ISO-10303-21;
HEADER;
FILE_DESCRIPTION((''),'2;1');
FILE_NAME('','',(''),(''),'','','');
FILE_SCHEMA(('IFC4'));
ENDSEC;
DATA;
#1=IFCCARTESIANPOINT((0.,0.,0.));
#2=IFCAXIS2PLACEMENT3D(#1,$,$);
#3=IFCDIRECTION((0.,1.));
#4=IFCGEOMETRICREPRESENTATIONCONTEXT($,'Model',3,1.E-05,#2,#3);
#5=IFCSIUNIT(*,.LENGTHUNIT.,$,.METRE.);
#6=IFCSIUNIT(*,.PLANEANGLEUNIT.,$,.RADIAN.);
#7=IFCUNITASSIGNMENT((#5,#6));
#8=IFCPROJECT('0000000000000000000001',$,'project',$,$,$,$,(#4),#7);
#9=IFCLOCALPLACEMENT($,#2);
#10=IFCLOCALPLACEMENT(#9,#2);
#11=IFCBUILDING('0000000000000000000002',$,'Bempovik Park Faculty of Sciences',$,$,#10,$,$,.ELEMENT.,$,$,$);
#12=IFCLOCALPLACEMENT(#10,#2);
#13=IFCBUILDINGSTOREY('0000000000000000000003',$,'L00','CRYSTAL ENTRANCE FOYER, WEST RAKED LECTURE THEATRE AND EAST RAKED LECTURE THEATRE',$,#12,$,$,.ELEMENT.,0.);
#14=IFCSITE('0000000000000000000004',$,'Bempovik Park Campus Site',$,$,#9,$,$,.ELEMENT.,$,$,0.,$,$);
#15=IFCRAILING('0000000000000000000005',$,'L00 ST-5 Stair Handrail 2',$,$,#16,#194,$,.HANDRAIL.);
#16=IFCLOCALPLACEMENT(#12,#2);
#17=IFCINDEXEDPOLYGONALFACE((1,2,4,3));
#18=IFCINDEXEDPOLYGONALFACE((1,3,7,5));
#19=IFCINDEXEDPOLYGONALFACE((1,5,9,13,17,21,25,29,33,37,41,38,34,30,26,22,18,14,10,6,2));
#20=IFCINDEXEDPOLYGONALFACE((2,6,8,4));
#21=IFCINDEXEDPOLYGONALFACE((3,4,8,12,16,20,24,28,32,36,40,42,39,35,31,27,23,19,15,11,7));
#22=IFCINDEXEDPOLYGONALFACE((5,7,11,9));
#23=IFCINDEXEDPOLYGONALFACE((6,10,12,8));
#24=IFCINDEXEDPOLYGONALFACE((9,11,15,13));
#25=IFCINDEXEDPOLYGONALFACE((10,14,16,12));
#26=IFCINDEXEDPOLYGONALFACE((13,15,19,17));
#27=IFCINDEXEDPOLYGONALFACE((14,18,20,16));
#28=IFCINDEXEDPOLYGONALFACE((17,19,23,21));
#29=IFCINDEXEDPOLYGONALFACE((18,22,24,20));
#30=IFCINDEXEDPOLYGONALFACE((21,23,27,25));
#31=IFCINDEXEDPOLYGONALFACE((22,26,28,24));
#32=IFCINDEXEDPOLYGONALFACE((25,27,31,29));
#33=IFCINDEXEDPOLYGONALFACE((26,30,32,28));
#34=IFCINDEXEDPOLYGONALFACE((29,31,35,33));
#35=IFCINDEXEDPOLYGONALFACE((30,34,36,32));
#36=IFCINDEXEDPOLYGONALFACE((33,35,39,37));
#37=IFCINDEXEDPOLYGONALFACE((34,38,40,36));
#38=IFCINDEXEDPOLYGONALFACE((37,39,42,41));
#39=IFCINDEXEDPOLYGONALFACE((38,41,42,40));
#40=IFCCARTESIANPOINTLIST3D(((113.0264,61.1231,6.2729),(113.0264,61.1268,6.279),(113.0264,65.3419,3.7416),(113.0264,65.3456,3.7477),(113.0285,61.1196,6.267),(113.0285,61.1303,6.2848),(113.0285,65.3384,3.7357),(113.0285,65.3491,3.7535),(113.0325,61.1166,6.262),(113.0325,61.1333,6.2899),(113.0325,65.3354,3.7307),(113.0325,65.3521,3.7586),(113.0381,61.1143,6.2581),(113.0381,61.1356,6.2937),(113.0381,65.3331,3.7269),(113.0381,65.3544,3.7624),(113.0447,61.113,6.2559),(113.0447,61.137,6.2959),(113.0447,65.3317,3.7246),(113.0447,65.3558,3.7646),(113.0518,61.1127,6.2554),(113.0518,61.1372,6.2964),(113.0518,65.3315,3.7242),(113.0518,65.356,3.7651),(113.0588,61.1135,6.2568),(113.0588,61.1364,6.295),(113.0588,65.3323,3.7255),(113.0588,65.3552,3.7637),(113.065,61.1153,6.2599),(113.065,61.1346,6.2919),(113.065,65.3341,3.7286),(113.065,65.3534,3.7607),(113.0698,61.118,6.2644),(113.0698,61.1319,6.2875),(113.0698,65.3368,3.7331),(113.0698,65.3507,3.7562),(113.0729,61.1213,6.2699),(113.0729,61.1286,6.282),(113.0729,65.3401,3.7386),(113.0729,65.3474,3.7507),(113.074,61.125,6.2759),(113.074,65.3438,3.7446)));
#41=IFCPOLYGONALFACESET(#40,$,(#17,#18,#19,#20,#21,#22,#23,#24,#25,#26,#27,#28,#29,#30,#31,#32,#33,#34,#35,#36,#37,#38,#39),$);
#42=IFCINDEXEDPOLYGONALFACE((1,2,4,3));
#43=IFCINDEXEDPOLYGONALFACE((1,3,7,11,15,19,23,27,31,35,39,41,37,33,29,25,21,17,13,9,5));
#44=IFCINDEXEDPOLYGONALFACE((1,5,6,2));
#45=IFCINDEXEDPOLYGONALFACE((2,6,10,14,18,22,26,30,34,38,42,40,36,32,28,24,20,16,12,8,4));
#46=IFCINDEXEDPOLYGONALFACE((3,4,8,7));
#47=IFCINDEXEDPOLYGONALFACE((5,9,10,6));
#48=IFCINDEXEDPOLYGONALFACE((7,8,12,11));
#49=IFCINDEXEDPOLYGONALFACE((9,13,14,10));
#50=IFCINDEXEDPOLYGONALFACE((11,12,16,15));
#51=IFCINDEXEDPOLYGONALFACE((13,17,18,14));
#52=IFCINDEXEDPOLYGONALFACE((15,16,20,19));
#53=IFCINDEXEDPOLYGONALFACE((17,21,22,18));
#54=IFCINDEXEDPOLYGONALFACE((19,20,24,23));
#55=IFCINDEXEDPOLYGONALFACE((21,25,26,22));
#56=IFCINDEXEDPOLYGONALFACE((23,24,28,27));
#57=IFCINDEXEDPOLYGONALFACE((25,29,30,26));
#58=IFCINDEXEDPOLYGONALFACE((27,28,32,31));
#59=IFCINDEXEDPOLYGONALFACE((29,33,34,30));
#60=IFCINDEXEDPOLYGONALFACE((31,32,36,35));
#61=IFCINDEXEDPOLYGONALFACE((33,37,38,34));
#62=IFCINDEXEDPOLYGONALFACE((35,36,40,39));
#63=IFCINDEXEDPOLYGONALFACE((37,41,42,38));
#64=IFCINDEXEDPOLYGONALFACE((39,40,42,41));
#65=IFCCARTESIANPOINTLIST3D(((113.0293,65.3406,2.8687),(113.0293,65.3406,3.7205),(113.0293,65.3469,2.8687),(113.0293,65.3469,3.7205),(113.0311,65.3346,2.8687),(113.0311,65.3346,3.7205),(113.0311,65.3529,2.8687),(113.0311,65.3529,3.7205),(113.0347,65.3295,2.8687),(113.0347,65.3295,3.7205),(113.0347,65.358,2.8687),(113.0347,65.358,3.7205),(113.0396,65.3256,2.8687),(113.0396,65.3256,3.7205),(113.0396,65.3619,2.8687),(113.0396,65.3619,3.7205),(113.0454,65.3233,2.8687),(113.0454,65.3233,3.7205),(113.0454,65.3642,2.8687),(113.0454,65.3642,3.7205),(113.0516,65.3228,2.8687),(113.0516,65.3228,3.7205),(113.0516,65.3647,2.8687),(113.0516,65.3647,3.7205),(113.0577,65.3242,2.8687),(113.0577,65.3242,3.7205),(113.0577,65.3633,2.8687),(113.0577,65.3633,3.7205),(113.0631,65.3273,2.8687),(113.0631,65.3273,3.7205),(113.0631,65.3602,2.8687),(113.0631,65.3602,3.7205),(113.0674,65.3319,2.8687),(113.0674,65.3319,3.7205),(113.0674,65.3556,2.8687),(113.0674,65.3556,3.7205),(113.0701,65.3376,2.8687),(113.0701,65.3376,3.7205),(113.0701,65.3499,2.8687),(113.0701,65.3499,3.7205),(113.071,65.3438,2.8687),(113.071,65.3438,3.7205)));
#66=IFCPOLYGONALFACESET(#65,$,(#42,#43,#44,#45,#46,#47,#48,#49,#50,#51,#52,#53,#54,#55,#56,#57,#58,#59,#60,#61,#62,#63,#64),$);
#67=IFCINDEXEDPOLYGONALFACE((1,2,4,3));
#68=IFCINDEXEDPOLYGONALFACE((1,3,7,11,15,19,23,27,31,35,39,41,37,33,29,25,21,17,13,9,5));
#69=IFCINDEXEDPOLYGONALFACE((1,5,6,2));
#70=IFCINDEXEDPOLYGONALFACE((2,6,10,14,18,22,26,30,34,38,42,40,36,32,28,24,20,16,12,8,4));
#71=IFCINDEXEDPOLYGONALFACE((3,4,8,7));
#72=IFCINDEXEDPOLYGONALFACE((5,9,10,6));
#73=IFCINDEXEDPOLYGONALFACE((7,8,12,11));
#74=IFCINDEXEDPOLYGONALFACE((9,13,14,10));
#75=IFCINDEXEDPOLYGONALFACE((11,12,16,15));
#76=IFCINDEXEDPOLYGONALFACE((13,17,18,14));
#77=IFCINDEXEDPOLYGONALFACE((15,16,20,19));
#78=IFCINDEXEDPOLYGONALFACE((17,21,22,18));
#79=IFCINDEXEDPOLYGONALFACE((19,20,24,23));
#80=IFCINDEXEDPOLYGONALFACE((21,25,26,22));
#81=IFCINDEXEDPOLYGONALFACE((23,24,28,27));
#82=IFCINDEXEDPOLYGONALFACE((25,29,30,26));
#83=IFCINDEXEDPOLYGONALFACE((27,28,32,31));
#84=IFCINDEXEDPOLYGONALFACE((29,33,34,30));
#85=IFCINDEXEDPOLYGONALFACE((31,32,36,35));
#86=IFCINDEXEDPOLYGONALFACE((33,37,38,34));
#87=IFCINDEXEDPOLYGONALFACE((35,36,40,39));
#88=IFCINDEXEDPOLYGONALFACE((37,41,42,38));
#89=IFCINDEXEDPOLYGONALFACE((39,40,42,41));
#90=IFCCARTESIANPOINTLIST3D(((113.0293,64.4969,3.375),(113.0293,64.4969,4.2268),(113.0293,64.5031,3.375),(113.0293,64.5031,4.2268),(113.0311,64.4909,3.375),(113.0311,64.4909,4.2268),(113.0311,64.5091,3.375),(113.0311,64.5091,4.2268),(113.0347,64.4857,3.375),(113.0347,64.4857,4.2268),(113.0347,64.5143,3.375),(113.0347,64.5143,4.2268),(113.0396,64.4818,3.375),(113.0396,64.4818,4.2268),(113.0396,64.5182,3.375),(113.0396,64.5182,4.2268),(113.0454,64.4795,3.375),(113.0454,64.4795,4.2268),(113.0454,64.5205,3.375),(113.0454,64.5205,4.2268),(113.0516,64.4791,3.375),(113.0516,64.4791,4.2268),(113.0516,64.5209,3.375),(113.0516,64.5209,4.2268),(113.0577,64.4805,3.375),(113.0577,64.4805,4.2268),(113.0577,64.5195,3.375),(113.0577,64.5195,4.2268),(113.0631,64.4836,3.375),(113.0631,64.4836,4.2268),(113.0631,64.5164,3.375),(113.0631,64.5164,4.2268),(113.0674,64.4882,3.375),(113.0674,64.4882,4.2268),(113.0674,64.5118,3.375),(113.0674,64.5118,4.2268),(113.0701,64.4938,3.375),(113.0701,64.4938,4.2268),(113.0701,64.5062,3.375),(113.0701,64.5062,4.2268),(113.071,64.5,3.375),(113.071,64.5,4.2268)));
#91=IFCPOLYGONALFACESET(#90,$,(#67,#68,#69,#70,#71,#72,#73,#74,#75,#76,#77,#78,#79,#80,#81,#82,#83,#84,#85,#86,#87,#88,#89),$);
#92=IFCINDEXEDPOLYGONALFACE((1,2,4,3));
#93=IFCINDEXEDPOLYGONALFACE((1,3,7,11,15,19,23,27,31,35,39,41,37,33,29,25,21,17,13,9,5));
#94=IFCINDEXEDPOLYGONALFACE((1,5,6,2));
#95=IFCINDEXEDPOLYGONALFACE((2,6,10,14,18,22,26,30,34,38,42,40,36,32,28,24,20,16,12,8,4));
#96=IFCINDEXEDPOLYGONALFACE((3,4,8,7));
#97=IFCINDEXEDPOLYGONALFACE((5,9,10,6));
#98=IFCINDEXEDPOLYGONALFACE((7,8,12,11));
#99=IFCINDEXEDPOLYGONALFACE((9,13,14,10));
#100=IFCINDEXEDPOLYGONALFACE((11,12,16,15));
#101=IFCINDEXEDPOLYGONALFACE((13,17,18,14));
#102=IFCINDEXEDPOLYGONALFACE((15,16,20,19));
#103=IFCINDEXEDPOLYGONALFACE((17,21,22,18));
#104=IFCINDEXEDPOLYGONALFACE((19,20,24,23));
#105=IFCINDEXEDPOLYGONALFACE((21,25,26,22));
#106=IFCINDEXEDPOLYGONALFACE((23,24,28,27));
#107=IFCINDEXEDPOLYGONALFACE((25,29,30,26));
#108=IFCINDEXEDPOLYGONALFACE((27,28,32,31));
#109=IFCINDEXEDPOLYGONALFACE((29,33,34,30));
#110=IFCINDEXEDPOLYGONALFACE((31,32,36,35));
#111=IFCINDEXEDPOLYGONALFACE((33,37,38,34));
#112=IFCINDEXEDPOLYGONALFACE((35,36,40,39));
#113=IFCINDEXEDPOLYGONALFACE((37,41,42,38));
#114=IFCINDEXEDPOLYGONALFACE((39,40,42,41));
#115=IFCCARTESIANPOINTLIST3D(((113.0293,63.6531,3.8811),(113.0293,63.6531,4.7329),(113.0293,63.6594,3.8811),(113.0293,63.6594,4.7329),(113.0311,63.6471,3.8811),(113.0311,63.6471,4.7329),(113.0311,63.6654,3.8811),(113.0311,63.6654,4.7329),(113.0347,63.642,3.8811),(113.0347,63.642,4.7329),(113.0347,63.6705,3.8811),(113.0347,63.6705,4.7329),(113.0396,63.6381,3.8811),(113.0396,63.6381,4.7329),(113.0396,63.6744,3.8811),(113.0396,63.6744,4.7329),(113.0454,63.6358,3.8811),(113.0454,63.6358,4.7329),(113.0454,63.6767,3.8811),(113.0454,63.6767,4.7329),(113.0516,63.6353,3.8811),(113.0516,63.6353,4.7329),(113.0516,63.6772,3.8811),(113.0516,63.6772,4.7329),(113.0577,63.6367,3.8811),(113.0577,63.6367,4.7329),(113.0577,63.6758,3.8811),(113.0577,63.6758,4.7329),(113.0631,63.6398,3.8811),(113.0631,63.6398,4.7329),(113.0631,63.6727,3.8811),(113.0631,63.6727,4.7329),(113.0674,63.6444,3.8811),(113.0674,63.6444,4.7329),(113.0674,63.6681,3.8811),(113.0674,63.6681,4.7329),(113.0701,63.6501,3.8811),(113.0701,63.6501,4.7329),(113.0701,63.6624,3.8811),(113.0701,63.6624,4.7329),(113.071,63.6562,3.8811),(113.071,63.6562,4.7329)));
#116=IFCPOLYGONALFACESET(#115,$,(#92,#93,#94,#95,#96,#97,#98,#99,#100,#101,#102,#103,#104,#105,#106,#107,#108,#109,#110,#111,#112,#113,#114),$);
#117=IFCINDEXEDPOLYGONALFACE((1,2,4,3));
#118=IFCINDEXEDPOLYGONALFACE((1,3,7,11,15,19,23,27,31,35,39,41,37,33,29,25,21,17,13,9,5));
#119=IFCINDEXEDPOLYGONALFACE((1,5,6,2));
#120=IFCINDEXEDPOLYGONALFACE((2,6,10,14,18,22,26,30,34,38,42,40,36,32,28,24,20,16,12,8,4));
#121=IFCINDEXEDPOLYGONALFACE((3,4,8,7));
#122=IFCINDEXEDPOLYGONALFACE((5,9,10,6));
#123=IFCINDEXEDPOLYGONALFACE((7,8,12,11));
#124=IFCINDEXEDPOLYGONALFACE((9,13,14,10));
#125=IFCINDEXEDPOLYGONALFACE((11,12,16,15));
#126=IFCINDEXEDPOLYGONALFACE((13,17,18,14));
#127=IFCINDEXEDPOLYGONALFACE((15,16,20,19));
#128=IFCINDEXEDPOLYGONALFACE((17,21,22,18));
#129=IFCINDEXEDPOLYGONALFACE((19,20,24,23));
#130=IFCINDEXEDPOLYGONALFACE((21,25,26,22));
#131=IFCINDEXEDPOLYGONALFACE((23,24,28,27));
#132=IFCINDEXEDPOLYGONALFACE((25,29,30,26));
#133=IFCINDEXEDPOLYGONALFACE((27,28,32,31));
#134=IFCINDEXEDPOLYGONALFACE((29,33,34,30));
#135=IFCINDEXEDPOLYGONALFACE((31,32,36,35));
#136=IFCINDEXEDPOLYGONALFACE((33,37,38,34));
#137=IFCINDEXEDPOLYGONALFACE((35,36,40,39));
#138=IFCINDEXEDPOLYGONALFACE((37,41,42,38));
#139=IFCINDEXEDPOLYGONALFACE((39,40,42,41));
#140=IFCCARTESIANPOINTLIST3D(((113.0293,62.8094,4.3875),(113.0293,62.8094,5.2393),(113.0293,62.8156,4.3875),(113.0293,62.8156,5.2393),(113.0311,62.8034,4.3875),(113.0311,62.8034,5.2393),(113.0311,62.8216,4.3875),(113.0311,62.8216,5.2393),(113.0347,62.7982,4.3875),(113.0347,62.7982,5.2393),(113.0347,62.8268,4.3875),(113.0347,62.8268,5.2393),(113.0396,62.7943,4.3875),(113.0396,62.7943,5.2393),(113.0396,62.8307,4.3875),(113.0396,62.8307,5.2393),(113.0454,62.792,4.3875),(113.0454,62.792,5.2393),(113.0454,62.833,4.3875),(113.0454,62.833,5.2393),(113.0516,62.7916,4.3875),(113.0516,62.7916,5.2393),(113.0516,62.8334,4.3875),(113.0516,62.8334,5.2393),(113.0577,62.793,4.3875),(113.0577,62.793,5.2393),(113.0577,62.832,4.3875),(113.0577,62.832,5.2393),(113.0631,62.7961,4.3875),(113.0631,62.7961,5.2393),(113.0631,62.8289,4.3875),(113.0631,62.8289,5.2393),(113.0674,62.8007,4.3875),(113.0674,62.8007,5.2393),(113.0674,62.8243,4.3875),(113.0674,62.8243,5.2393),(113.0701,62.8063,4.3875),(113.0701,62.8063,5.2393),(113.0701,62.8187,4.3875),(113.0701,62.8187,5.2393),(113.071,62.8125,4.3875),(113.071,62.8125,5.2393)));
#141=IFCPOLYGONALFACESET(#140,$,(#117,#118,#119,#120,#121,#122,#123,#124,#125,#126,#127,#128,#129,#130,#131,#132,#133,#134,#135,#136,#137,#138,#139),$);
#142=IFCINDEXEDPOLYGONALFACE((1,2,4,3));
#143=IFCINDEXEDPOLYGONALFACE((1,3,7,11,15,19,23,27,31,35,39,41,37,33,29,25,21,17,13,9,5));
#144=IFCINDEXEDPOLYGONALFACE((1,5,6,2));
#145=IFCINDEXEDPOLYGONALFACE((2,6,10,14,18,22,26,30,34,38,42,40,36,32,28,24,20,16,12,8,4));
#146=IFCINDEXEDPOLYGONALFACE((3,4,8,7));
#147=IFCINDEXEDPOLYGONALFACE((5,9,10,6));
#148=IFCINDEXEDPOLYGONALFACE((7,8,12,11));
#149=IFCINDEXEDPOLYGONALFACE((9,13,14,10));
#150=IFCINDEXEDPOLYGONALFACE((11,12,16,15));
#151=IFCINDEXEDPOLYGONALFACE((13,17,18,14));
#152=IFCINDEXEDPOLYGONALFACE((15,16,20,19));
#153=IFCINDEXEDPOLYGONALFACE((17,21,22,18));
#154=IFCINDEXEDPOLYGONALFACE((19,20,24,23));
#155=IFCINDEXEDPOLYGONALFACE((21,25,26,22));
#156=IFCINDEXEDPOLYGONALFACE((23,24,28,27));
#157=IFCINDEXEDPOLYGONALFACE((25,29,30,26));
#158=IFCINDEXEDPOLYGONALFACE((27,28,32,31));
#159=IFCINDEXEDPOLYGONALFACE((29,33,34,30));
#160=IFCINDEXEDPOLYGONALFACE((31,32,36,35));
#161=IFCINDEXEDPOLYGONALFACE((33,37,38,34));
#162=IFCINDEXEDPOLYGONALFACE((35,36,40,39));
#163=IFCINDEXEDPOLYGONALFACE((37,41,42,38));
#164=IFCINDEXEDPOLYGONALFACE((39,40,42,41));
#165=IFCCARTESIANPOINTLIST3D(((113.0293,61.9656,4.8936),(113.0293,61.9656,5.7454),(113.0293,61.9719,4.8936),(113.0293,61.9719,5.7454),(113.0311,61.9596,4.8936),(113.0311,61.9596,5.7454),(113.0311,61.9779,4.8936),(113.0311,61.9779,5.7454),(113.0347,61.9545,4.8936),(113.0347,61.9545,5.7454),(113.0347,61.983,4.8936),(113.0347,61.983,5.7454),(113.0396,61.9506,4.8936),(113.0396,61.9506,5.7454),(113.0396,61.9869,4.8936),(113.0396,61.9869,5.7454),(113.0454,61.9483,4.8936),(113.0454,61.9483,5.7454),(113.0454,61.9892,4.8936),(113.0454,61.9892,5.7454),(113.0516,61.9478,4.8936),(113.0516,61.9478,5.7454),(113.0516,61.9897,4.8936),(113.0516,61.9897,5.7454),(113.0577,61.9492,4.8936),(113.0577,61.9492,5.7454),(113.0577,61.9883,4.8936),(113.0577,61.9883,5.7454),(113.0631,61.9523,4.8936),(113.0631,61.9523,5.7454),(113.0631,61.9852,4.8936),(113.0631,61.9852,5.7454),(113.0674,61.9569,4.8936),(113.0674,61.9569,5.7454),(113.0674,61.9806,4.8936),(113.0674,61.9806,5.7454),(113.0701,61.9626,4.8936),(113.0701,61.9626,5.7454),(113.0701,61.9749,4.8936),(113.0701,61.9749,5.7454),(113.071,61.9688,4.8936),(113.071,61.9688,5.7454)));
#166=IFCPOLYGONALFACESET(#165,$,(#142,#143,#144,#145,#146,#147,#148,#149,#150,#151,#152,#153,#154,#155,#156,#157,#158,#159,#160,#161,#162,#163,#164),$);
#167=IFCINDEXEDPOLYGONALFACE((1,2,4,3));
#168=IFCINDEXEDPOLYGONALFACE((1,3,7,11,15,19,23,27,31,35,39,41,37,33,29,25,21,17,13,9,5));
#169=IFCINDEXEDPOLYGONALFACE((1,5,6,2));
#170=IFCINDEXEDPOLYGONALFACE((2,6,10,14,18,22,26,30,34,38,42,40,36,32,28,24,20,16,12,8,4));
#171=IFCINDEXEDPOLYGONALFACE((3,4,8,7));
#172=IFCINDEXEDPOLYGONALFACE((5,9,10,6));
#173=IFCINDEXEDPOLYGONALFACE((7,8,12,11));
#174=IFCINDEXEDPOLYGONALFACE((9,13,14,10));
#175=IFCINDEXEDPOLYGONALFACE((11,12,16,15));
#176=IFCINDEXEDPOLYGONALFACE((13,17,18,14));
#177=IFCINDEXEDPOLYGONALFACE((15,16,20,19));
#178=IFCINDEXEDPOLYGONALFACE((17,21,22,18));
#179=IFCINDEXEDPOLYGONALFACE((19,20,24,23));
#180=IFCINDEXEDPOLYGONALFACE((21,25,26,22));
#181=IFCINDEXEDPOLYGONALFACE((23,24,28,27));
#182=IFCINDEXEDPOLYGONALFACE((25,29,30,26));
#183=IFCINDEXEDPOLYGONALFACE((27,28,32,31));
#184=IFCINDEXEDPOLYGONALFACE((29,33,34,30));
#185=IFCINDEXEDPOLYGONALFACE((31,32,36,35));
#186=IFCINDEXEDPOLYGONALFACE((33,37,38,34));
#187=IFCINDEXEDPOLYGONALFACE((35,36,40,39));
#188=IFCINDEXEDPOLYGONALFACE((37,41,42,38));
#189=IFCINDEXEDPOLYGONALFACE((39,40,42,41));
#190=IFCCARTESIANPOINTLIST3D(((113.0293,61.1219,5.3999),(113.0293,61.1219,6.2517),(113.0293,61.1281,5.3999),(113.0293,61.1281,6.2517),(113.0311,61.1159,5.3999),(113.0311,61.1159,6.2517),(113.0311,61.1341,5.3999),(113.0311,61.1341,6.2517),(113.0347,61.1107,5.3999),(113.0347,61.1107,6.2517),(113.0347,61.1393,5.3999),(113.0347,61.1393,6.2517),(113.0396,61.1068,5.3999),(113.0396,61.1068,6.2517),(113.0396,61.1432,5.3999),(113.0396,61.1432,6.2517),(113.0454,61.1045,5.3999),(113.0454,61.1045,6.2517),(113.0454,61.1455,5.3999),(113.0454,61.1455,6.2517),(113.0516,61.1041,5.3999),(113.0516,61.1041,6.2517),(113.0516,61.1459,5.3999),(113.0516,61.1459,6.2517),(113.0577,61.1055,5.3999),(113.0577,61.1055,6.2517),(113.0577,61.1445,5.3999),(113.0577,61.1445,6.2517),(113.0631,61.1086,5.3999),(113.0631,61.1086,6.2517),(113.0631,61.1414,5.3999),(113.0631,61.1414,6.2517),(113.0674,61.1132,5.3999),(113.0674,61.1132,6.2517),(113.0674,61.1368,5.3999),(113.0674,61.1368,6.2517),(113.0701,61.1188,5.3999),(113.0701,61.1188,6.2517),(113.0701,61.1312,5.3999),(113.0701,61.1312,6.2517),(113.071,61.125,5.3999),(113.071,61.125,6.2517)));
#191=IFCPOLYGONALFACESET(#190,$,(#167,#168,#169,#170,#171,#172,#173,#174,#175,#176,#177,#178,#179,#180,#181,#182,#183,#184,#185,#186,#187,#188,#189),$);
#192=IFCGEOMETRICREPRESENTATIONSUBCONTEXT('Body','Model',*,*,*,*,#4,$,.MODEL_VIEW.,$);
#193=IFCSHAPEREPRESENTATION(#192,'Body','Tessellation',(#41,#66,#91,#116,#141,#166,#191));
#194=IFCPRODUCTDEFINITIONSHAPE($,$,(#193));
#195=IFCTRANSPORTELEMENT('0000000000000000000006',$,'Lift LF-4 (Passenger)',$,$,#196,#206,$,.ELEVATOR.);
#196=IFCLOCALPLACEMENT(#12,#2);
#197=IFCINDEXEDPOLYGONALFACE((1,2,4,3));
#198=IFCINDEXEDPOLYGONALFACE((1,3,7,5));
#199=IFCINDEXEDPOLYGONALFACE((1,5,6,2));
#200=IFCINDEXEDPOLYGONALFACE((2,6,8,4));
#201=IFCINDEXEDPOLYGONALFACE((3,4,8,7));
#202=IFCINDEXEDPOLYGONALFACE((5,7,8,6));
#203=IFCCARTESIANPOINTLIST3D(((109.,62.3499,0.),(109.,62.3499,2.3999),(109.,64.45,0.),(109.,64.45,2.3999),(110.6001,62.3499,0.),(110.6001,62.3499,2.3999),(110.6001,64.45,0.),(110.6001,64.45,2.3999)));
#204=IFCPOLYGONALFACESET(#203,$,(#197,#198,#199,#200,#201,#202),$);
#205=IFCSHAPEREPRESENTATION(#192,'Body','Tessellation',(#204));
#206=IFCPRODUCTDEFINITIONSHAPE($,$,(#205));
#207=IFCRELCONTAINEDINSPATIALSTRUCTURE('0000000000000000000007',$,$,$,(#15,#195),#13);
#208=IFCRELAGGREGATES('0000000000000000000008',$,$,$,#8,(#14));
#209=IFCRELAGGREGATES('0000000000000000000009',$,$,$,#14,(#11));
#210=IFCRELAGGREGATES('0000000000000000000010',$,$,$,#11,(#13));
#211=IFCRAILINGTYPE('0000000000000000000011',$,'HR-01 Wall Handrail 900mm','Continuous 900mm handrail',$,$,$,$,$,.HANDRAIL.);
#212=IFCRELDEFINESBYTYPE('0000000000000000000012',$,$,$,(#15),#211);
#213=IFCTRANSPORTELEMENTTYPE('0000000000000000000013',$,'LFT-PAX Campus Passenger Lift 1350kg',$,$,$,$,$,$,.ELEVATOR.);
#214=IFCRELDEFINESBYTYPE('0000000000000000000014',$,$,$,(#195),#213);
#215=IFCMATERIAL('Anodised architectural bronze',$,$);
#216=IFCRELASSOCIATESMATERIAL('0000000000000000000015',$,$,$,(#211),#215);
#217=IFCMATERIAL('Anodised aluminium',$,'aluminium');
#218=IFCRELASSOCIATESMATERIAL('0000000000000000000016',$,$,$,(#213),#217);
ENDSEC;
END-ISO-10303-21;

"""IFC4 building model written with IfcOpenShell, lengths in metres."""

from ifc_helpers import new_model, si_unit, direction, frame, origin, origin_2d, place, context, subcontext, project, spatial, rectangle, circle, extrude, material, type_object, element, save


model = new_model("IFC4")

# Units and contexts
model_context = context("Model", 3, precision=1e-05, world=origin(), true_north=direction((0.0, 1.0)))
body_context = subcontext(model_context, "Body", "Model", "MODEL_VIEW")
ifc_project = project(units=[si_unit("LENGTHUNIT", "METRE"), si_unit("PLANEANGLEUNIT", "RADIAN")], contexts=[model_context])

# Site, building, storey
site_placement = place(None, origin())
site = spatial("IfcSite", under=ifc_project, at=site_placement, Name="Bempovik Park Campus Site", CompositionType="ELEMENT", RefElevation=0.0)
building_placement = place(site_placement, origin())
building = spatial("IfcBuilding", under=site, at=building_placement, Name="Bempovik Park Faculty of Sciences", CompositionType="ELEMENT")
storey_placement = place(building_placement, origin())
storey = spatial("IfcBuildingStorey", under=building, at=storey_placement, Name="L00", Description="CRYSTAL ENTRANCE FOYER, WEST RAKED LECTURE THEATRE AND EAST RAKED LECTURE THEATRE", CompositionType="ELEMENT", Elevation=0.0)

# Shared definitions
ifc_material_1 = material(Name="Anodised aluminium", Category="aluminium")

# Railing
ifc_material_2 = material(Name="Anodised architectural bronze")
railing_type_1 = type_object("IfcRailingType", Name="HR-01 Wall Handrail 900mm", Description="Continuous 900mm handrail", PredefinedType="HANDRAIL", material=ifc_material_2)
railing_1_placement = place(storey_placement, frame((113.05, 65.3438, 2.8687)))
element("IfcRailing", 1, at=railing_1_placement, inside=storey, type_object=railing_type_1, Name="L00 ST-5 Stair Handrail 2", PredefinedType="HANDRAIL", context=body_context, shape_type="SweptSolid", body=[
    extrude(circle(Radius=0.0239, at=origin_2d()), frame((0.0, 0.0, 0.876), z_axis=(0.0, -0.857493, 0.514496), x_axis=(1.0, 0.0, 0.0)), (0.0, 0.0, 1.0), 4.9199),
    extrude(circle(Radius=0.021, at=origin_2d()), origin(), (0.0, 0.0, 1.0), 0.8518),
    extrude(circle(Radius=0.021, at=origin_2d()), frame((0.0, -0.8438, 0.5063)), (0.0, 0.0, 1.0), 0.8518),
    extrude(circle(Radius=0.021, at=origin_2d()), frame((0.0, -1.6875, 1.0125)), (0.0, 0.0, 1.0), 0.8518),
    extrude(circle(Radius=0.021, at=origin_2d()), frame((0.0, -2.5312, 1.5188)), (0.0, 0.0, 1.0), 0.8518),
    extrude(circle(Radius=0.021, at=origin_2d()), frame((0.0, -3.375, 2.0249)), (0.0, 0.0, 1.0), 0.8518),
    extrude(circle(Radius=0.021, at=origin_2d()), frame((0.0, -4.2188, 2.5312)), (0.0, 0.0, 1.0), 0.8518),
])

# Transport element
transport_element_type = type_object("IfcTransportElementType", Name="LFT-PAX Campus Passenger Lift 1350kg", PredefinedType="ELEVATOR", material=ifc_material_1)
transport_element_placement = place(storey_placement, frame((109.8, 63.3999, 0.0), z_axis=(0.0, 0.0, 1.0), x_axis=(1.0, 0.0, 0.0)))
element("IfcTransportElement", 2, at=transport_element_placement, inside=storey, type_object=transport_element_type, Name="Lift LF-4 (Passenger)", PredefinedType="ELEVATOR", context=body_context, shape_type="SweptSolid", body=[
    extrude(rectangle(XDim=1.6001, YDim=2.1001, at=origin_2d()), origin(), (0.0, 0.0, 1.0), 2.3999),
])

save(model, "model.ifc")
